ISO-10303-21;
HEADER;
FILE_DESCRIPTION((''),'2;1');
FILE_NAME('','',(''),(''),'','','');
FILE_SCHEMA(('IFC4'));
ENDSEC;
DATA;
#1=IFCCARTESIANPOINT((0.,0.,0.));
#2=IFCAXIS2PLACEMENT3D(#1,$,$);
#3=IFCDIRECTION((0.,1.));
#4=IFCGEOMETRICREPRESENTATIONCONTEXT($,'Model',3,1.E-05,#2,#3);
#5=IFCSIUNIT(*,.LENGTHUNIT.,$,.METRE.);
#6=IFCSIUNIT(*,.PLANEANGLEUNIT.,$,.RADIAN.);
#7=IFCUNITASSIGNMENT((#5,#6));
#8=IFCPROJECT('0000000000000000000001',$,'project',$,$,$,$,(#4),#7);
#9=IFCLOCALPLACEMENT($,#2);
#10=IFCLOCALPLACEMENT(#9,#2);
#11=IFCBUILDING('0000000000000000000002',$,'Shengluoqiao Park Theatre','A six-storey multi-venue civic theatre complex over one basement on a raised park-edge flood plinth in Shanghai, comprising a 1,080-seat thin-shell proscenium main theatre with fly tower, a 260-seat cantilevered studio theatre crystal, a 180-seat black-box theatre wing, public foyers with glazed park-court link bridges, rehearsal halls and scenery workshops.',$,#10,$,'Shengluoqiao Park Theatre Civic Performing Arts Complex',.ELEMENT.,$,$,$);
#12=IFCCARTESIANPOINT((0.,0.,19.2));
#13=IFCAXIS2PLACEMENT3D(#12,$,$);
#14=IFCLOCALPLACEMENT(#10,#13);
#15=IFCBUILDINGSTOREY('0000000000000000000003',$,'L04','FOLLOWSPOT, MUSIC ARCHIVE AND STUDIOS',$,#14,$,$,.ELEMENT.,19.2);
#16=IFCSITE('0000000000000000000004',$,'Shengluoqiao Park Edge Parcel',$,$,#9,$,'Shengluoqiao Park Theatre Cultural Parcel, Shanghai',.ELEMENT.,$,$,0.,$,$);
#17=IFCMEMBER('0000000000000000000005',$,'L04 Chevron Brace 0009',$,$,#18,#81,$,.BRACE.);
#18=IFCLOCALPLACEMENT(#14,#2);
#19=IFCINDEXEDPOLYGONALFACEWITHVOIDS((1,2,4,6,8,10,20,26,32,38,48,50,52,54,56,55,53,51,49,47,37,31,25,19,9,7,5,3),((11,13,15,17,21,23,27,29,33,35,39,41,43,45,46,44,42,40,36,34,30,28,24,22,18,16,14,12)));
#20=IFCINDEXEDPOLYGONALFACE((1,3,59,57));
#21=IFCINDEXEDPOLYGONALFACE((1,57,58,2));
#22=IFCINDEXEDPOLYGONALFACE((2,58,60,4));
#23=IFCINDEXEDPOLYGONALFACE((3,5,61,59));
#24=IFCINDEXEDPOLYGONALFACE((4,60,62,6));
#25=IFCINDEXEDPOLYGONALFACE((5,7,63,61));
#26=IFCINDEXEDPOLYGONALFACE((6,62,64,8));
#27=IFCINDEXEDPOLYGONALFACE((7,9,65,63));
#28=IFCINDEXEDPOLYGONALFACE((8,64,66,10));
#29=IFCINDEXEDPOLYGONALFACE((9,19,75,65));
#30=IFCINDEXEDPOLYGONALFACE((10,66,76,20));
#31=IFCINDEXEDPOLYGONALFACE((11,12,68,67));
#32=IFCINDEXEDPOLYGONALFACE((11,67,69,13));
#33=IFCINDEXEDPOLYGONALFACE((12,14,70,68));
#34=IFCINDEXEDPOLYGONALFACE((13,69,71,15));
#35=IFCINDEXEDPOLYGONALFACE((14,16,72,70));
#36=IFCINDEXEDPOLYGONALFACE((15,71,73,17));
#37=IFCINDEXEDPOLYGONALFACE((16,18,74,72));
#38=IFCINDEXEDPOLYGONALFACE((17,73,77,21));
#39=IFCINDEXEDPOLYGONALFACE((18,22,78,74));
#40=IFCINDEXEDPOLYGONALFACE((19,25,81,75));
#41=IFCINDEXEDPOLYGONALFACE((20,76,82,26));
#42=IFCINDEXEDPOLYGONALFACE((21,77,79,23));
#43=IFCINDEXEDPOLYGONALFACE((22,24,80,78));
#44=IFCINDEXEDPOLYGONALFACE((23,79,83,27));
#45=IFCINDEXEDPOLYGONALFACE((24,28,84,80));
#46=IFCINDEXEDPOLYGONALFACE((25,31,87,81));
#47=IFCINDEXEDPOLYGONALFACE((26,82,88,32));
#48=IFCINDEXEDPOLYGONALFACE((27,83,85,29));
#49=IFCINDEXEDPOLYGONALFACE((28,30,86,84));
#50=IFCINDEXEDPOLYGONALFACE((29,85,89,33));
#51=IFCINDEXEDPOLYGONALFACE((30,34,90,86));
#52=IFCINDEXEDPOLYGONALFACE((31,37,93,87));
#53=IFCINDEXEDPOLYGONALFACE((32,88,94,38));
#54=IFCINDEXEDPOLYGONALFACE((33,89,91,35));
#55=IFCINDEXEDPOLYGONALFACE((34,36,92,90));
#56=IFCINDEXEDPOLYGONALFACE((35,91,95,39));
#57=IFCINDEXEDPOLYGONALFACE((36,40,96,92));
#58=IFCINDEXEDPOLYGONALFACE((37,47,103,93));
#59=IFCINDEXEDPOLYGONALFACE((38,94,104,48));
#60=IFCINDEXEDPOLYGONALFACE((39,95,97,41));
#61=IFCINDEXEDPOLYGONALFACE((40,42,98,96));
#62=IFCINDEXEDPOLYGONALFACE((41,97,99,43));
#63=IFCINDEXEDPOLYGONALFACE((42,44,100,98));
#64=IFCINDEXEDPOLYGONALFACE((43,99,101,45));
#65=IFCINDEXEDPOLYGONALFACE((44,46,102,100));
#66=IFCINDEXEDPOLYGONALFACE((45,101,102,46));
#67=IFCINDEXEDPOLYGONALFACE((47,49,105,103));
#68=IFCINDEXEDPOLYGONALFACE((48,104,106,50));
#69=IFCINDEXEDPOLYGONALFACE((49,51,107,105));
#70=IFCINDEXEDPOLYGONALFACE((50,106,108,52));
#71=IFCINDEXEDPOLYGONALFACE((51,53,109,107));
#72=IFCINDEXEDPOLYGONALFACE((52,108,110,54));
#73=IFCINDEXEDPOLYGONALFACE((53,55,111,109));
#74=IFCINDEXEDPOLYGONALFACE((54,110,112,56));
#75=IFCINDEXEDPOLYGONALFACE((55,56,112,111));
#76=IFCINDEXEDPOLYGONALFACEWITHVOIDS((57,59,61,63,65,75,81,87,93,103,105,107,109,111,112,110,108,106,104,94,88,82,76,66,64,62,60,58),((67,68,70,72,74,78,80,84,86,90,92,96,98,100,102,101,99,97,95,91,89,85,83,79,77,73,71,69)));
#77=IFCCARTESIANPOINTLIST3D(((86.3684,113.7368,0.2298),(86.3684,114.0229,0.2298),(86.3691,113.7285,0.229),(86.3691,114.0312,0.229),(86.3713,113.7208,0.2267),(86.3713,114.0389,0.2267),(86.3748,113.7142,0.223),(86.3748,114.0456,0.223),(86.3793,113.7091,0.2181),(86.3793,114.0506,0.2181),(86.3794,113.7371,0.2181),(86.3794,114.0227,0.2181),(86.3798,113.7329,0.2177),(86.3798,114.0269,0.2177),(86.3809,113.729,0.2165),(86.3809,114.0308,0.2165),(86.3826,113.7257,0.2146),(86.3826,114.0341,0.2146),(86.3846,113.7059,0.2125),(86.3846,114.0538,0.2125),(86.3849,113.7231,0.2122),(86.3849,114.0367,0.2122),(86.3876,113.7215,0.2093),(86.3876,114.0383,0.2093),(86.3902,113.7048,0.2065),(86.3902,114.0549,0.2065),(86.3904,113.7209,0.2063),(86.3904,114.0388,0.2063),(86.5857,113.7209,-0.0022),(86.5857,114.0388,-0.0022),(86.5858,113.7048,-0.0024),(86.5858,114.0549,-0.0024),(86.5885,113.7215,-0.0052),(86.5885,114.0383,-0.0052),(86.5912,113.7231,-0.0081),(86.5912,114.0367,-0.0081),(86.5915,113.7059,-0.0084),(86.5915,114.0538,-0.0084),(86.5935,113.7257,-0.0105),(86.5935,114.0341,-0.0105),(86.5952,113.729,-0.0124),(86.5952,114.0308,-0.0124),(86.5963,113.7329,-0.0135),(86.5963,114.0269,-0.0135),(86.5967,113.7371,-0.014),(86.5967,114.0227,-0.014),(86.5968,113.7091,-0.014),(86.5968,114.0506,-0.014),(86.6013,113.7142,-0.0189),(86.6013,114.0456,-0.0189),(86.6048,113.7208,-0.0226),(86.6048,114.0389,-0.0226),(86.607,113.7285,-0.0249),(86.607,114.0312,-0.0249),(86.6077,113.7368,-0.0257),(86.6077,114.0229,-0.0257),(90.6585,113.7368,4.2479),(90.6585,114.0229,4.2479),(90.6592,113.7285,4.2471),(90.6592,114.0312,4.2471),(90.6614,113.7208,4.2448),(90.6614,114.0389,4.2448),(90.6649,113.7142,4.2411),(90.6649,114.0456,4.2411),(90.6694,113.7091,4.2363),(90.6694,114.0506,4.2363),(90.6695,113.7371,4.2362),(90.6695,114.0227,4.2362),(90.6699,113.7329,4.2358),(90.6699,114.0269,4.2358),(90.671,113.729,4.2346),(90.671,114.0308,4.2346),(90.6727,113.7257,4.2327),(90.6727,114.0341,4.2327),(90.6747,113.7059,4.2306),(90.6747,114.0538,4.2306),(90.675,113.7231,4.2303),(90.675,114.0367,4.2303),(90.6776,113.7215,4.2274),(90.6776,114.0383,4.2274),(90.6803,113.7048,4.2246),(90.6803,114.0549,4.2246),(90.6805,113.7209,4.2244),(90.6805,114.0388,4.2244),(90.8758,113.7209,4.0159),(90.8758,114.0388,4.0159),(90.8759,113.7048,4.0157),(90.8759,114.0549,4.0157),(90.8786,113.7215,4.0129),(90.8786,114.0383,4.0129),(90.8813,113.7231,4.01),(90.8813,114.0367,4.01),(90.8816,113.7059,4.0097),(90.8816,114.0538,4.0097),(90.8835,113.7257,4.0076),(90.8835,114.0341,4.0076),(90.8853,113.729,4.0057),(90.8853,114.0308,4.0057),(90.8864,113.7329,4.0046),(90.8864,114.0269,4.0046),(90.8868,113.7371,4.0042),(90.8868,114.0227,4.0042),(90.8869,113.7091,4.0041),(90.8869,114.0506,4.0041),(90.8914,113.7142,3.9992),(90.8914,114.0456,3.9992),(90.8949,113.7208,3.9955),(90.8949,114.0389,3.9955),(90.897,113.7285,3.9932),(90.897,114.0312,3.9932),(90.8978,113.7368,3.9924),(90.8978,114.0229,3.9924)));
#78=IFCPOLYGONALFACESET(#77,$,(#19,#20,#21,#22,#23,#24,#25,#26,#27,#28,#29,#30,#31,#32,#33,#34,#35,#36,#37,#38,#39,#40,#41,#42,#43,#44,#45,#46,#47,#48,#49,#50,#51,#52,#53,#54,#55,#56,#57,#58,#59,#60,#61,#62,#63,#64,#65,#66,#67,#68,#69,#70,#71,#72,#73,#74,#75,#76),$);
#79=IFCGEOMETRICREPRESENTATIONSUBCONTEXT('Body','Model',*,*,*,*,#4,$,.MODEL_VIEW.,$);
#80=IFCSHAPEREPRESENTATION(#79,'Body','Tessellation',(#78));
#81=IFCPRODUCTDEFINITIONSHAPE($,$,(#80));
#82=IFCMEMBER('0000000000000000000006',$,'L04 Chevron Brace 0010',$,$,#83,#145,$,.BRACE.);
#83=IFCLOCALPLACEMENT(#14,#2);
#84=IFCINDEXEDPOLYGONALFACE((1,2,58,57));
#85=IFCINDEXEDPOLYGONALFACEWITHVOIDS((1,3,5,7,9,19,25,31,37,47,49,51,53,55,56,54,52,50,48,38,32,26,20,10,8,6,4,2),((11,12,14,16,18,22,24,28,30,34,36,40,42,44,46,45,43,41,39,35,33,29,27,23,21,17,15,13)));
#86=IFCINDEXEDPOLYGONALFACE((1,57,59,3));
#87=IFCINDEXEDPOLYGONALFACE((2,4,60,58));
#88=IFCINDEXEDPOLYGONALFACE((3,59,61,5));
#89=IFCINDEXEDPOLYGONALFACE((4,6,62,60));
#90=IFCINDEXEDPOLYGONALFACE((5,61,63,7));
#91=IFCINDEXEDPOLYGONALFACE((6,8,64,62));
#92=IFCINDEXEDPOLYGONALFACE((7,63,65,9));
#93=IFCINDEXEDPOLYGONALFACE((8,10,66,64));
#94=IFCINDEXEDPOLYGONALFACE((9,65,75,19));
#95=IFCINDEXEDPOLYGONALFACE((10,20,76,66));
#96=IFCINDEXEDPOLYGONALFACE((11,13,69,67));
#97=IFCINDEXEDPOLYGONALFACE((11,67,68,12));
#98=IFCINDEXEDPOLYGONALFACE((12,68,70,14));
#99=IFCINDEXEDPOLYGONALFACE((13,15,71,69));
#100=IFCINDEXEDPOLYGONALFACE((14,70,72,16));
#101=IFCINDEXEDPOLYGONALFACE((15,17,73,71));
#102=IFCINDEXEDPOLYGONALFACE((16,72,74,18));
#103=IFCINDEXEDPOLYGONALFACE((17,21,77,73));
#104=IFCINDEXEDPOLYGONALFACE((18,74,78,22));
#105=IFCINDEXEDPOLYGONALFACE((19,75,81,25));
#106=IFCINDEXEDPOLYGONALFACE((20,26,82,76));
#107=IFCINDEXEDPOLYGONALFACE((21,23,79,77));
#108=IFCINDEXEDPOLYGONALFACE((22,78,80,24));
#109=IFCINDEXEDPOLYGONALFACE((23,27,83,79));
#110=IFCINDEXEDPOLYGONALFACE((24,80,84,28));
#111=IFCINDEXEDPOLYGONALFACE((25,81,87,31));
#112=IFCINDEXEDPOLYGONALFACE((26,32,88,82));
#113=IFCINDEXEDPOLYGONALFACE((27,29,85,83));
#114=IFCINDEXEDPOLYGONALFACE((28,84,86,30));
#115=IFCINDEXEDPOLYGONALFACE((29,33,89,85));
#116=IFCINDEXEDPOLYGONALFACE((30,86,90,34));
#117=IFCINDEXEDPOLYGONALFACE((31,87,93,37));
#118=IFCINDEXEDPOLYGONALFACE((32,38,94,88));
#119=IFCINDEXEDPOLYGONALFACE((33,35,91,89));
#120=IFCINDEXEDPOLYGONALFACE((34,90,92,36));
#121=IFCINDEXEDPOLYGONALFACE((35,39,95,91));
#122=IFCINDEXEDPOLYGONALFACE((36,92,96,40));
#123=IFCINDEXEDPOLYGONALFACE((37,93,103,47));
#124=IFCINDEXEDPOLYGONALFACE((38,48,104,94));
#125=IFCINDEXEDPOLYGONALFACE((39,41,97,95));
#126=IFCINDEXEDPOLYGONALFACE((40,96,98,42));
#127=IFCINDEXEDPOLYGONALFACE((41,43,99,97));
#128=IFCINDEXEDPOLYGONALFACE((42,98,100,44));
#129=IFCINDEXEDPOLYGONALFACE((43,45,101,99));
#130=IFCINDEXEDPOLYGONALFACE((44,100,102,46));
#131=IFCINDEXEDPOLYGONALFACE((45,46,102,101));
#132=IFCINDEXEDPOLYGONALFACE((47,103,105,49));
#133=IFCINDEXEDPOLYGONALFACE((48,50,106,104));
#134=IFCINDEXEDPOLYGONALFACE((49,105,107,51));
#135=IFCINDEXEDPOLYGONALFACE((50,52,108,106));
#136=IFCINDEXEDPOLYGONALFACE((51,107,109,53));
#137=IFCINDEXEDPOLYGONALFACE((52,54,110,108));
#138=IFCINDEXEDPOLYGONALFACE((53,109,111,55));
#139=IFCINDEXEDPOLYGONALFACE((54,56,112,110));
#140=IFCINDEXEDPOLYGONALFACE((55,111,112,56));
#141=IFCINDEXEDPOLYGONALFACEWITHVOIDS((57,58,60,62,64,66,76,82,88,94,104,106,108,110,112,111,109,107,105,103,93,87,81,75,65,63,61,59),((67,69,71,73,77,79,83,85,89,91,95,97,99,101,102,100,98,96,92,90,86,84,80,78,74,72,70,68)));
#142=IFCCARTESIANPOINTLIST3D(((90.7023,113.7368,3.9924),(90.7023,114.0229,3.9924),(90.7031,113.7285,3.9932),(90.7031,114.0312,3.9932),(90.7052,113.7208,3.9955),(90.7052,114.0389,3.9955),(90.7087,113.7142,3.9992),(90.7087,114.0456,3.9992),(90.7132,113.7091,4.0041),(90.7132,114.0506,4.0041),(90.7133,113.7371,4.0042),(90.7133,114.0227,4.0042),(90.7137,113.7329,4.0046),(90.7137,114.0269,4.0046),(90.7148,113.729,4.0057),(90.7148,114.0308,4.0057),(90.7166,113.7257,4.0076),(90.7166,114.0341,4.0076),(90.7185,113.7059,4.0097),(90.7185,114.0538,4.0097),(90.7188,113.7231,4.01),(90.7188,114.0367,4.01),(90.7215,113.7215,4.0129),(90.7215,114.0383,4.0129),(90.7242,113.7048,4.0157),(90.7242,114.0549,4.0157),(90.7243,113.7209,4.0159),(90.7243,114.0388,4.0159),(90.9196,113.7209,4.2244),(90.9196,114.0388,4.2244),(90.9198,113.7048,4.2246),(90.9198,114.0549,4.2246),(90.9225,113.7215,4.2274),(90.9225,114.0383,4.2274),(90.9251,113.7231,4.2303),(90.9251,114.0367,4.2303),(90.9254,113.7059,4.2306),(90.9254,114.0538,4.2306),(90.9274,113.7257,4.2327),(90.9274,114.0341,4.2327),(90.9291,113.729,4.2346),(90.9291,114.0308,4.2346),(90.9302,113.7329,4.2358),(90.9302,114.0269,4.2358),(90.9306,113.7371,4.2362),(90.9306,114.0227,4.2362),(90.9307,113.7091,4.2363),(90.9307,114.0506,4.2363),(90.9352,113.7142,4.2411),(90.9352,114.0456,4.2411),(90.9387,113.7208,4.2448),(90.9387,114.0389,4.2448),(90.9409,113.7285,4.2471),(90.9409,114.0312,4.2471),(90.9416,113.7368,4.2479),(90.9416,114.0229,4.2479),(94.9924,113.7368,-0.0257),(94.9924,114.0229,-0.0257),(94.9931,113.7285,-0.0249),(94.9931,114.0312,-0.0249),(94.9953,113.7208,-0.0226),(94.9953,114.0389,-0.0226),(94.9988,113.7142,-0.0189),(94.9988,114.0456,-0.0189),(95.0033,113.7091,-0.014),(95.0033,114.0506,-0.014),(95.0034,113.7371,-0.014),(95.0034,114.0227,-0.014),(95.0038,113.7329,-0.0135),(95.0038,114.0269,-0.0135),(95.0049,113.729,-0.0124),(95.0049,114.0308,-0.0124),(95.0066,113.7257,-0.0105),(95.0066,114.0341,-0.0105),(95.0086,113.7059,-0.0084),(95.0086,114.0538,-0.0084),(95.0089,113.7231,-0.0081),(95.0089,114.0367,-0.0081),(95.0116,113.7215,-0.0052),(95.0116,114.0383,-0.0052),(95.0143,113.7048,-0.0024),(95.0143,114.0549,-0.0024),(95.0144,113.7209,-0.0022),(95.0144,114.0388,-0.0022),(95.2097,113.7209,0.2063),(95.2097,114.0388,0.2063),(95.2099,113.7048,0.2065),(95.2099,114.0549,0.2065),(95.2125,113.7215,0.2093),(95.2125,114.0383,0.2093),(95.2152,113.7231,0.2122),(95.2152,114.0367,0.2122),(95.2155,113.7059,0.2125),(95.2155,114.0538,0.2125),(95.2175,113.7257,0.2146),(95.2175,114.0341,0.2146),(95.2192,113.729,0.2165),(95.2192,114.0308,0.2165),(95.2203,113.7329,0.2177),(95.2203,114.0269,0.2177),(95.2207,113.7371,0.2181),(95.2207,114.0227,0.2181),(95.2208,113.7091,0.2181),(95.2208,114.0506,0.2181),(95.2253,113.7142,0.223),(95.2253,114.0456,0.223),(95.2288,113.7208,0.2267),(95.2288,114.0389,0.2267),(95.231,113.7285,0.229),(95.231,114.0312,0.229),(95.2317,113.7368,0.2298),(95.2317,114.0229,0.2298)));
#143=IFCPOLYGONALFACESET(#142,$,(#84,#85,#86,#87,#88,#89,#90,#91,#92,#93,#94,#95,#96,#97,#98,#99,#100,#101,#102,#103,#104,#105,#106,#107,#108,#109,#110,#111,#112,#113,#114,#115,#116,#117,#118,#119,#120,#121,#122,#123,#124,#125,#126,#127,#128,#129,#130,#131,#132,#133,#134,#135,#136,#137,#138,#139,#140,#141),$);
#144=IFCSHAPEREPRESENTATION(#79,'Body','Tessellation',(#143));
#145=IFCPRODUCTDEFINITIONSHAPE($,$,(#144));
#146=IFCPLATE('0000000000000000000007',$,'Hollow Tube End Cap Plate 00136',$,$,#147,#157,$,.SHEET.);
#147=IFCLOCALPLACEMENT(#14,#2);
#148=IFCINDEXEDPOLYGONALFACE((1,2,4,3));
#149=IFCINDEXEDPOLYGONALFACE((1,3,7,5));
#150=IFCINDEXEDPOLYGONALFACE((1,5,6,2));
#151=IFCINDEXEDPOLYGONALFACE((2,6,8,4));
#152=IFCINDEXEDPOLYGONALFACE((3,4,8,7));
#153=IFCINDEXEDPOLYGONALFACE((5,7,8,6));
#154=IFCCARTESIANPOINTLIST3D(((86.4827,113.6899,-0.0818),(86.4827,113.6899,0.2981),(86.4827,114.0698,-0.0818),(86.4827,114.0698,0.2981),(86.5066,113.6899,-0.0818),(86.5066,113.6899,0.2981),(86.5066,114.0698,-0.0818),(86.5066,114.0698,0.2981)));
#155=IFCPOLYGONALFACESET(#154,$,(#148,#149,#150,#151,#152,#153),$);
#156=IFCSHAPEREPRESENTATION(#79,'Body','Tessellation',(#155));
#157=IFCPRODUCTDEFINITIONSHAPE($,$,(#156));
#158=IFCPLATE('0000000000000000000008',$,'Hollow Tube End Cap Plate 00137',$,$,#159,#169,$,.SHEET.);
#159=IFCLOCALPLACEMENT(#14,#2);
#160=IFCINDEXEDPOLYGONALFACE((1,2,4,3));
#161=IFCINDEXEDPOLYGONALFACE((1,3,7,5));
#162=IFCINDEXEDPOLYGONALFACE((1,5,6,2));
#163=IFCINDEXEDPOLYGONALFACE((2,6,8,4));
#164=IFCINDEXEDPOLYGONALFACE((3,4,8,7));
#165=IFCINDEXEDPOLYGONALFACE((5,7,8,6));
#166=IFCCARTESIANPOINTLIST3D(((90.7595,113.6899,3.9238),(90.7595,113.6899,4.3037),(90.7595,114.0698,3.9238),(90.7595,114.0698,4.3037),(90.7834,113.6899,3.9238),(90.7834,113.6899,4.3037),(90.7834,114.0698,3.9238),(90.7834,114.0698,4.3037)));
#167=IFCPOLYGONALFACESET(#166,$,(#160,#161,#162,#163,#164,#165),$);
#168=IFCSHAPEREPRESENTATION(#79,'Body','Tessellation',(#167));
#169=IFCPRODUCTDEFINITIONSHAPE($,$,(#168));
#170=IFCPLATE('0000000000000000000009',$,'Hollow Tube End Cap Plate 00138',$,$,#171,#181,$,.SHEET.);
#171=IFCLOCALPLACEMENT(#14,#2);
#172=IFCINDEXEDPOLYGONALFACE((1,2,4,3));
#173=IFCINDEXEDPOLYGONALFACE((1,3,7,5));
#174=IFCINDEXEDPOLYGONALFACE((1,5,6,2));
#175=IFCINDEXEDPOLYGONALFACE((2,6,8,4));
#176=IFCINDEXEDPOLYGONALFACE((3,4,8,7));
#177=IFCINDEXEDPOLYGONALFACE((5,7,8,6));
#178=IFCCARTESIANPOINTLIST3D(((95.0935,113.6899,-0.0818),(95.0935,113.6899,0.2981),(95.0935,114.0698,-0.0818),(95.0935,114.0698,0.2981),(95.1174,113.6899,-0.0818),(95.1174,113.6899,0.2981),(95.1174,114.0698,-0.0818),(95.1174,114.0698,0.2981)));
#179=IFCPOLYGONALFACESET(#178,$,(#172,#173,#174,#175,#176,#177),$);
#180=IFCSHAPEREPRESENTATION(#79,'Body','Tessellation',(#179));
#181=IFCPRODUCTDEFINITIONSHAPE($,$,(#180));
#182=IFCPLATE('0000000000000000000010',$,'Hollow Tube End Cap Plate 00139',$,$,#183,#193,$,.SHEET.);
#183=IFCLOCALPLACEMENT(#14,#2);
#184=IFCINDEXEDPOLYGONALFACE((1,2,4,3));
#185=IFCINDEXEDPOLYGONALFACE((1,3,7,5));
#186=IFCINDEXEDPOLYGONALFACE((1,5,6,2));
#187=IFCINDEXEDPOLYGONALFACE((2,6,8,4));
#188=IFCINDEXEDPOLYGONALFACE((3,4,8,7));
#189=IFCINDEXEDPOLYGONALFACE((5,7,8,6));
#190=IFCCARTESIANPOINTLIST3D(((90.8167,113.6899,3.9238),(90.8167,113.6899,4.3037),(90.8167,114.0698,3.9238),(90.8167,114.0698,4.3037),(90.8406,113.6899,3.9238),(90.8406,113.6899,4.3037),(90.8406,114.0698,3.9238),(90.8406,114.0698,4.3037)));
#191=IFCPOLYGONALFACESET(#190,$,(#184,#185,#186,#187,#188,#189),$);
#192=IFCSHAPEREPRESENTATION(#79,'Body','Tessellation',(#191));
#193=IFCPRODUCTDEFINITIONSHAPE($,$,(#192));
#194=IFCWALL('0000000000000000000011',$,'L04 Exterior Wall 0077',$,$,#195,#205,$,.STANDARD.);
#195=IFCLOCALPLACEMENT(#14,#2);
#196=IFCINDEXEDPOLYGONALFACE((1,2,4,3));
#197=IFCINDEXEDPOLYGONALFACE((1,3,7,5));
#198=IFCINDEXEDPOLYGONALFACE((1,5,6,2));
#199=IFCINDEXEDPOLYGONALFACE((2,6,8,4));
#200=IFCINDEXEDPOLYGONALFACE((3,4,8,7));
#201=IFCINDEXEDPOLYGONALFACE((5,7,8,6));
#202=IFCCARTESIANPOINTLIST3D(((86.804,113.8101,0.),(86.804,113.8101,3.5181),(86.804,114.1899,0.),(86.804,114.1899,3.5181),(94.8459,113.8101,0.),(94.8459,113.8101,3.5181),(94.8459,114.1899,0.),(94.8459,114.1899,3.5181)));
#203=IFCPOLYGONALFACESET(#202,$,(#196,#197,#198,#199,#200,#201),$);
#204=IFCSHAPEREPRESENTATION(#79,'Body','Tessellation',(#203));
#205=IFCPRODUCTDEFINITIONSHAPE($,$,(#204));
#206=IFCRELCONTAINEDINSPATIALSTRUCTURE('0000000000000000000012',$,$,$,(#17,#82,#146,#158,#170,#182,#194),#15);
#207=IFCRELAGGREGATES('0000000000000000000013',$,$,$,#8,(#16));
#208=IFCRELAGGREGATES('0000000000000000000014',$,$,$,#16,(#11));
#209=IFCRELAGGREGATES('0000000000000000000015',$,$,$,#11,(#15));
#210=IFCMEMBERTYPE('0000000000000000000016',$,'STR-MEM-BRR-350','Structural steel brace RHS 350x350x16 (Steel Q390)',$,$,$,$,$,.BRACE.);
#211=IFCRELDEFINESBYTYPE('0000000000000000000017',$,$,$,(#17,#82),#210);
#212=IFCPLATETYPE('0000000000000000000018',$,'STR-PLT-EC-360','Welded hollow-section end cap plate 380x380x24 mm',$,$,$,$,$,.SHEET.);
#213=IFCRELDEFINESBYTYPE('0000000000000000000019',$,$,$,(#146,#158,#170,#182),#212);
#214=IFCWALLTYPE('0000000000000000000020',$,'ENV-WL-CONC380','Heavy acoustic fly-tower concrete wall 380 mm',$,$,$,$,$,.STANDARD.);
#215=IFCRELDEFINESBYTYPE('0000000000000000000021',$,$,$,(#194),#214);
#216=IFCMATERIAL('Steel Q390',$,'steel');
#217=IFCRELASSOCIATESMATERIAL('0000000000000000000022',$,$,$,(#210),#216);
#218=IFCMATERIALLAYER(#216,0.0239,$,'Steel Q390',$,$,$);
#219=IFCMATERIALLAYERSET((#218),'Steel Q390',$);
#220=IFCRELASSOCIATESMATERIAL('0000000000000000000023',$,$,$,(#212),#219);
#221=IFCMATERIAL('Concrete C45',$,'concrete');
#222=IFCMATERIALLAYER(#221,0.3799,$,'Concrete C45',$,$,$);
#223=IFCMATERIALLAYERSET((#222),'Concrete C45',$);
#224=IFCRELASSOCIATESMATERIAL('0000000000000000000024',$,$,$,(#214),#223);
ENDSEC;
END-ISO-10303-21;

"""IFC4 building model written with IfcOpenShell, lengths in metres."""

from ifc_helpers import new_model, si_unit, direction, frame, frame_2d, origin, origin_2d, place, context, subcontext, project, spatial, rectangle, hollow_rectangle, extrude, material, layer, layer_set, material_profile, profile_set, type_object, element, save


model = new_model("IFC4")

# Units and contexts
model_context = context("Model", 3, precision=1e-05, world=origin(), true_north=direction((0.0, 1.0)))
body_context = subcontext(model_context, "Body", "Model", "MODEL_VIEW")
ifc_project = project(units=[si_unit("LENGTHUNIT", "METRE"), si_unit("PLANEANGLEUNIT", "RADIAN")], contexts=[model_context])

# Site, building, storey
site_placement = place(None, origin())
site = spatial("IfcSite", under=ifc_project, at=site_placement, Name="Shengluoqiao Park Edge Parcel", LongName="Shengluoqiao Park Theatre Cultural Parcel, Shanghai", CompositionType="ELEMENT", RefElevation=0.0)
building_placement = place(site_placement, origin())
building = spatial("IfcBuilding", under=site, at=building_placement, Name="Shengluoqiao Park Theatre", Description="A six-storey multi-venue civic theatre complex over one basement on a raised park-edge flood plinth in Shanghai, comprising a 1,080-seat thin-shell proscenium main theatre with fly tower, a 260-seat cantilevered studio theatre crystal, a 180-seat black-box theatre wing, public foyers with glazed park-court link bridges, rehearsal halls and scenery workshops.", LongName="Shengluoqiao Park Theatre Civic Performing Arts Complex", CompositionType="ELEMENT")
storey_placement = place(building_placement, frame((0.0, 0.0, 19.2)))
storey = spatial("IfcBuildingStorey", under=building, at=storey_placement, Name="L04", Description="FOLLOWSPOT, MUSIC ARCHIVE AND STUDIOS", CompositionType="ELEMENT", Elevation=19.2)

# Shared definitions
ifc_material_1 = material(Name="Steel Q390", Category="steel")

# Members
ifc_material_profile_1 = material_profile(ifc_material_1, hollow_rectangle(XDim=0.3501, YDim=0.3501, WallThickness=0.0161, InnerFilletRadius=0.0161, OuterFilletRadius=0.032, at=origin_2d()), Name="RHS 350x350x16")
ifc_profile_set_1 = profile_set([ifc_material_profile_1], Name="Steel Q390")
member_type = type_object("IfcMemberType", Name="STR-MEM-BRR-350", Description="Structural steel brace RHS 350x350x16 (Steel Q390)", PredefinedType="BRACE", material=ifc_profile_set_1)
for number, where, z_axis, x_axis, name in (
    (1, (86.488, 113.8799, 0.1021), (0.729864, 0.0, 0.683593), (0.0, 1.0, 0.0), "L04 Chevron Brace 0009"),
    (2, (95.1121, 113.8799, 0.1021), (-0.729864, 0.0, 0.683593), (0.0, -1.0, 0.0), "L04 Chevron Brace 0010"),
):
    element("IfcMember", number, at=place(storey_placement, frame(where, z_axis=z_axis, x_axis=x_axis)), inside=storey, type_object=member_type, Name=name, PredefinedType="BRACE", context=body_context, shape_type="SweptSolid", body=[
        extrude(hollow_rectangle(XDim=0.3501, YDim=0.3501, WallThickness=0.0161, InnerFilletRadius=0.0161, OuterFilletRadius=0.032, at=origin_2d()), origin(), (0.0, 0.0, 1.0), 5.8779),
    ])

# Plates
ifc_layer_1 = layer(ifc_material_1, 0.0239, Name="Steel Q390")
ifc_layer_set_1 = layer_set([ifc_layer_1], Name="Steel Q390")
plate_type = type_object("IfcPlateType", Name="STR-PLT-EC-360", Description="Welded hollow-section end cap plate 380x380x24 mm", PredefinedType="SHEET", material=ifc_layer_set_1)
for number, where, z_axis, x_axis, name in (
    (3, (86.4946, 113.8799, -0.0818), (0.0, 0.0, 1.0), (1.0, 0.0, 0.0), "Hollow Tube End Cap Plate 00136"),
    (4, (90.7715, 113.8799, 3.9238), (0.0, 0.0, 1.0), (1.0, 0.0, 0.0), "Hollow Tube End Cap Plate 00137"),
    (5, (95.1055, 113.8799, -0.0818), (0.0, 0.0, 1.0), (-1.0, 0.0, 0.0), "Hollow Tube End Cap Plate 00138"),
    (6, (90.8286, 113.8799, 3.9238), (0.0, 0.0, 1.0), (-1.0, 0.0, 0.0), "Hollow Tube End Cap Plate 00139"),
):
    element("IfcPlate", number, at=place(storey_placement, frame(where, z_axis=z_axis, x_axis=x_axis)), inside=storey, type_object=plate_type, Name=name, PredefinedType="SHEET", context=body_context, shape_type="SweptSolid", body=[
        extrude(rectangle(XDim=0.0239, YDim=0.3799, at=origin_2d()), origin(), (0.0, 0.0, 1.0), 0.3799),
    ])

# Wall
ifc_material_2 = material(Name="Concrete C45", Category="concrete")
ifc_layer_2 = layer(ifc_material_2, 0.3799, Name="Concrete C45")
ifc_layer_set_2 = layer_set([ifc_layer_2], Name="Concrete C45")
wall_type_1 = type_object("IfcWallType", Name="ENV-WL-CONC380", Description="Heavy acoustic fly-tower concrete wall 380 mm", PredefinedType="STANDARD", material=ifc_layer_set_2)
wall_1_placement = place(storey_placement, frame((86.804, 114.0, 0.0), z_axis=(0.0, 0.0, 1.0), x_axis=(1.0, 0.0, 0.0)))
element("IfcWall", 7, at=wall_1_placement, inside=storey, type_object=wall_type_1, Name="L04 Exterior Wall 0077", PredefinedType="STANDARD", context=body_context, shape_type="SweptSolid", body=[
    extrude(rectangle(XDim=8.042, YDim=0.3799, at=frame_2d((4.021, 0.0))), origin(), (0.0, 0.0, 1.0), 3.5181),
])

save(model, "model.ifc")
